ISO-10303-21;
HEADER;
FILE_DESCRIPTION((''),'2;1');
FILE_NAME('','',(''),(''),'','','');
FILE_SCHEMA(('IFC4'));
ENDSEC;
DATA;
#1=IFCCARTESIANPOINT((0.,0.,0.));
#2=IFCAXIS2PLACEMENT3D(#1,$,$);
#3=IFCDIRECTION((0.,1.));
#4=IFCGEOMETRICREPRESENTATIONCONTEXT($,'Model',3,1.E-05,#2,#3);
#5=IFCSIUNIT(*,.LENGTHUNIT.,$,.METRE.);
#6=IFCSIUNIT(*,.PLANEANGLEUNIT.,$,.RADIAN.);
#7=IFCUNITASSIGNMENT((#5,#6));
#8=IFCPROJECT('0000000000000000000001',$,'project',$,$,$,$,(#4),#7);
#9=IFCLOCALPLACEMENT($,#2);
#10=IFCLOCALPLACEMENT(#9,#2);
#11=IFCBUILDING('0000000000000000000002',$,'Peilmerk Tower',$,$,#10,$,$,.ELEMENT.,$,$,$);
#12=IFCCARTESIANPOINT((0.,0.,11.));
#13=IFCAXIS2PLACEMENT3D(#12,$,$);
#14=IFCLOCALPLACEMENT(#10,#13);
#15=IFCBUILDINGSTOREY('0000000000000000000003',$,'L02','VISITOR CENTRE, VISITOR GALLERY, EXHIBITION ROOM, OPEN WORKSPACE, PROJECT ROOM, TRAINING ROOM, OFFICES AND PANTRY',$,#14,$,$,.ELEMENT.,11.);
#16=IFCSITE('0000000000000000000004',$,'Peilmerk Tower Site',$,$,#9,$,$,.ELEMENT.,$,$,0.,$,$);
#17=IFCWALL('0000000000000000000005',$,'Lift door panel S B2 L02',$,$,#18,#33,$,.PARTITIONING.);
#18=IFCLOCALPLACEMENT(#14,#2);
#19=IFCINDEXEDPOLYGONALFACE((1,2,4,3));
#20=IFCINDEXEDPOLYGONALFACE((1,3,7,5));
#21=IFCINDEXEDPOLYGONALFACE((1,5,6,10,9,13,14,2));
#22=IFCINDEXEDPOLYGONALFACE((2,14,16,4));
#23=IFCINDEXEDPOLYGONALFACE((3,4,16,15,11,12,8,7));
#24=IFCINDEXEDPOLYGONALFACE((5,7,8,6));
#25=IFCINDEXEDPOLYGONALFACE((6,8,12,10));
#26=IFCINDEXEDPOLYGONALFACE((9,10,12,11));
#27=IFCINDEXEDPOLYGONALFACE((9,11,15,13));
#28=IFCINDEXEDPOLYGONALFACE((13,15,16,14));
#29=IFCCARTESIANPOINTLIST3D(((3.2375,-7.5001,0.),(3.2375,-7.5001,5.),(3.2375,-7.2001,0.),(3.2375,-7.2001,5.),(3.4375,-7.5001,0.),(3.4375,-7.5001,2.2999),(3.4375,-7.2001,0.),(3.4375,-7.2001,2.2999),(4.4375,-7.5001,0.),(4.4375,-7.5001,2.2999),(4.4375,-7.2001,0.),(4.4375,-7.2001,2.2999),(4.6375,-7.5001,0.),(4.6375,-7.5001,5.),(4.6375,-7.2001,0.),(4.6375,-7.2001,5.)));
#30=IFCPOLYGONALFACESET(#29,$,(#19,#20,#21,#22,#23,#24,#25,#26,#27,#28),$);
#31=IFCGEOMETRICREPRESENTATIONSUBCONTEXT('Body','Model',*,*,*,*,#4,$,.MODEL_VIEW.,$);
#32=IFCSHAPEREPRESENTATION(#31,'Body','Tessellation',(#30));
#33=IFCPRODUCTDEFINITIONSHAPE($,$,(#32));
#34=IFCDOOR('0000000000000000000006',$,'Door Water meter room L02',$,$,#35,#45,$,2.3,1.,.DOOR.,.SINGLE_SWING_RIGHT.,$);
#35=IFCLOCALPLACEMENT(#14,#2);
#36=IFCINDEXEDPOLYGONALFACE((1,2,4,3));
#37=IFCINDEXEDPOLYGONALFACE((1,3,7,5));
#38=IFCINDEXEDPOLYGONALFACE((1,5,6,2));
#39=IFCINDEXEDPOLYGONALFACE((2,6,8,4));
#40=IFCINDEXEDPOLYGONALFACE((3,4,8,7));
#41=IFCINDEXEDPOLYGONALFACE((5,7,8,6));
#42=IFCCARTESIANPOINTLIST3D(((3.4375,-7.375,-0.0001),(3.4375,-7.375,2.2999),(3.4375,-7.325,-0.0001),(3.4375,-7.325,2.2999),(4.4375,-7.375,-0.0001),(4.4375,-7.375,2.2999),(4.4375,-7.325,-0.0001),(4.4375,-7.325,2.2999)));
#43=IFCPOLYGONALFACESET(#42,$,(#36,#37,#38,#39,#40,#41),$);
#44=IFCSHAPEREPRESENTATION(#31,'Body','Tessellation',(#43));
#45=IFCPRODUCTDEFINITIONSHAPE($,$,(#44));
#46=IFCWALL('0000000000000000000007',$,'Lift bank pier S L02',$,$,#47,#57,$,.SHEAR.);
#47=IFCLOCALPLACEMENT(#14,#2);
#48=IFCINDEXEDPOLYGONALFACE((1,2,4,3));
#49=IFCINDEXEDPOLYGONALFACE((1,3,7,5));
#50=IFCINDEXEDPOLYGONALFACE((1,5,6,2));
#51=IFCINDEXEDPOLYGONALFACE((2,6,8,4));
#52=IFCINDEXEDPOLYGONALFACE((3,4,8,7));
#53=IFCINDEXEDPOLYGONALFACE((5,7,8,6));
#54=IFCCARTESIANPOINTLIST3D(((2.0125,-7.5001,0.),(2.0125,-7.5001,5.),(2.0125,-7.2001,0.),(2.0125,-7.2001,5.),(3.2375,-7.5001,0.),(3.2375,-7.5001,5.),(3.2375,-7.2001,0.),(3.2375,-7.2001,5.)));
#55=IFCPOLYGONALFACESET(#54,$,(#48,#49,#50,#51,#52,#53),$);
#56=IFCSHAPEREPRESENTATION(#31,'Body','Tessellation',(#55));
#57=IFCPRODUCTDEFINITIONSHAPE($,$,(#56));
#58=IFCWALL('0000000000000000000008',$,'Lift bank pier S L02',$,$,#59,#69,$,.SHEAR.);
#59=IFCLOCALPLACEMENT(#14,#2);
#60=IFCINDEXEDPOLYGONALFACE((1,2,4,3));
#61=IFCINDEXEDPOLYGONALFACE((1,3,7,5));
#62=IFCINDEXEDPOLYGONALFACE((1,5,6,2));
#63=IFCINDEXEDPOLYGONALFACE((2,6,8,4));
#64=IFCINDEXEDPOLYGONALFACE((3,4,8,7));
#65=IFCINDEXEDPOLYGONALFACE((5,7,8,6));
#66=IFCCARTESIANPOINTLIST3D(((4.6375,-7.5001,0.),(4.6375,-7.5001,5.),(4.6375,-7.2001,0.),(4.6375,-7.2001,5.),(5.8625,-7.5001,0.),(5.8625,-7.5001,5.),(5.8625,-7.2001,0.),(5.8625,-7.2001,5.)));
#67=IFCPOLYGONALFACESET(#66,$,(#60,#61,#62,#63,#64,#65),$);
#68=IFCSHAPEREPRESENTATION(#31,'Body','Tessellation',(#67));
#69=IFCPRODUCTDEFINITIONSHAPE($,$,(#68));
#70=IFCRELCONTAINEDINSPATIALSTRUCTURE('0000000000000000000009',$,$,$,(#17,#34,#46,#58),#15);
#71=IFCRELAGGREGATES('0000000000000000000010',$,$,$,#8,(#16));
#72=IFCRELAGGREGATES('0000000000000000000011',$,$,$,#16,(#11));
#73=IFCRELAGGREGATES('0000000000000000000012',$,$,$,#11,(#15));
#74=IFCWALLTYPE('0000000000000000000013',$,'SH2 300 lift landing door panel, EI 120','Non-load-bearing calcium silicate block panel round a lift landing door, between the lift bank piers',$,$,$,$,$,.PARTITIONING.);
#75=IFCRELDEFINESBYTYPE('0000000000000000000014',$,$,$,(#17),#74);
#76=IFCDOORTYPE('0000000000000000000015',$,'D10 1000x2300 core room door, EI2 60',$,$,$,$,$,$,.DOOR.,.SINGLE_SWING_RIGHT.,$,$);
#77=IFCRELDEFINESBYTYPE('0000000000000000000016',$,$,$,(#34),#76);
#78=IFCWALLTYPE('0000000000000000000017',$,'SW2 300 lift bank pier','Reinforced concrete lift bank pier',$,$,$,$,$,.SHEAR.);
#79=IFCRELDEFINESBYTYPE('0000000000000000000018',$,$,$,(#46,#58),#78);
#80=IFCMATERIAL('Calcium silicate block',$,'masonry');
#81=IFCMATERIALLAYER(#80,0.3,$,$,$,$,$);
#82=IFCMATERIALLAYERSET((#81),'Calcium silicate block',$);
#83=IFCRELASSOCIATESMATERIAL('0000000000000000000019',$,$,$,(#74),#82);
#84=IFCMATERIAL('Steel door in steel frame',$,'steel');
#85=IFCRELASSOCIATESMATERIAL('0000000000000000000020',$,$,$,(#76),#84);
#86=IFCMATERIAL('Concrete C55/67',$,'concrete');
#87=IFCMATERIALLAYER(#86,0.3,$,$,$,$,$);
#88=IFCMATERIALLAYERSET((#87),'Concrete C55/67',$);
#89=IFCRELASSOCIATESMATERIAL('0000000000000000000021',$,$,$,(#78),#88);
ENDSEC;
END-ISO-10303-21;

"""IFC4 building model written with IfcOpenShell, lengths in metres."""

from ifc_helpers import new_model, si_unit, direction, frame, frame_2d, origin, place, context, subcontext, project, spatial, rectangle, extrude, material, layer, layer_set, type_object, element, fill, save


model = new_model("IFC4")

# Units and contexts
model_context = context("Model", 3, precision=1e-05, world=origin(), true_north=direction((0.0, 1.0)))
body_context = subcontext(model_context, "Body", "Model", "MODEL_VIEW")
ifc_project = project(units=[si_unit("LENGTHUNIT", "METRE"), si_unit("PLANEANGLEUNIT", "RADIAN")], contexts=[model_context])

# Site, building, storey
site_placement = place(None, origin())
site = spatial("IfcSite", under=ifc_project, at=site_placement, Name="Peilmerk Tower Site", CompositionType="ELEMENT", RefElevation=0.0)
building_placement = place(site_placement, origin())
building = spatial("IfcBuilding", under=site, at=building_placement, Name="Peilmerk Tower", CompositionType="ELEMENT")
storey_placement = place(building_placement, frame((0.0, 0.0, 11.0)))
storey = spatial("IfcBuildingStorey", under=building, at=storey_placement, Name="L02", Description="VISITOR CENTRE, VISITOR GALLERY, EXHIBITION ROOM, OPEN WORKSPACE, PROJECT ROOM, TRAINING ROOM, OFFICES AND PANTRY", CompositionType="ELEMENT", Elevation=11.0)

# Shared definitions
ifc_material_1 = material(Name="Calcium silicate block", Category="masonry")

# Wall, opening, door
ifc_layer_1 = layer(ifc_material_1, 0.3)
ifc_layer_set_1 = layer_set([ifc_layer_1], Name="Calcium silicate block")
wall_type_1 = type_object("IfcWallType", Name="SH2 300 lift landing door panel, EI 120", Description="Non-load-bearing calcium silicate block panel round a lift landing door, between the lift bank piers", PredefinedType="PARTITIONING", material=ifc_layer_set_1)
ifc_material_2 = material(Name="Steel door in steel frame", Category="steel")
door_type = type_object("IfcDoorType", Name="D10 1000x2300 core room door, EI2 60", OperationType="SINGLE_SWING_RIGHT", PredefinedType="DOOR", material=ifc_material_2)
wall_1_placement = place(storey_placement, frame((3.2375, -7.3501, 0.0), z_axis=(0.0, 0.0, 1.0), x_axis=(1.0, 0.0, 0.0)))
wall_1 = element("IfcWall", 1, at=wall_1_placement, inside=storey, type_object=wall_type_1, Name="Lift door panel S B2 L02", PredefinedType="PARTITIONING", context=body_context, shape_type="SweptSolid", body=[
    extrude(rectangle(XDim=1.3999, YDim=0.3, at=frame_2d((0.7, 0.0))), origin(), (0.0, 0.0, 1.0), 5.0),
])
opening_1_placement = place(wall_1_placement, frame((0.2, 0.0, 0.0)))
opening_1 = element("IfcOpeningElement", 2, at=opening_1_placement, cuts=wall_1, PredefinedType="OPENING", context=body_context, shape_type="SweptSolid", body=[
    extrude(rectangle(XDim=1.0, YDim=2.3, at=frame_2d((0.5, 1.1499))), frame((0.0, 0.1599, 0.0), z_axis=(0.0, -1.0, 0.0), x_axis=(1.0, 0.0, 0.0)), (0.0, 0.0, 1.0), 0.3201),
])
door_1_placement = place(opening_1_placement, frame((1.0, 0.0, 0.0), z_axis=(0.0, 0.0, 1.0), x_axis=(-1.0, 0.0, 0.0)))
door_1 = element("IfcDoor", 3, at=door_1_placement, inside=storey, type_object=door_type, Name="Door Water meter room L02", OperationType="SINGLE_SWING_RIGHT", OverallHeight=2.3, OverallWidth=1.0, PredefinedType="DOOR", context=body_context, shape_type="SweptSolid", body=[
    extrude(rectangle(XDim=1.0, YDim=2.3, at=frame_2d((0.5, 1.1499))), frame((0.0, 0.0249, 0.0), z_axis=(0.0, -1.0, 0.0), x_axis=(1.0, 0.0, 0.0)), (0.0, 0.0, 1.0), 0.05),
])
fill(opening_1, door_1)

# Walls
ifc_material_3 = material(Name="Concrete C55/67", Category="concrete")
ifc_layer_2 = layer(ifc_material_3, 0.3)
ifc_layer_set_2 = layer_set([ifc_layer_2], Name="Concrete C55/67")
wall_type_2 = type_object("IfcWallType", Name="SW2 300 lift bank pier", Description="Reinforced concrete lift bank pier", PredefinedType="SHEAR", material=ifc_layer_set_2)
for number, where, z_axis, x_axis, name in (
    (4, (2.0125, -7.3501, 0.0), (0.0, 0.0, 1.0), (1.0, 0.0, 0.0), "Lift bank pier S L02"),
    (5, (4.6375, -7.3501, 0.0), (0.0, 0.0, 1.0), (1.0, 0.0, 0.0), "Lift bank pier S L02"),
):
    element("IfcWall", number, at=place(storey_placement, frame(where, z_axis=z_axis, x_axis=x_axis)), inside=storey, type_object=wall_type_2, Name=name, PredefinedType="SHEAR", context=body_context, shape_type="SweptSolid", body=[
        extrude(rectangle(XDim=1.2251, YDim=0.3, at=frame_2d((0.6125, 0.0))), origin(), (0.0, 0.0, 1.0), 5.0),
    ])

save(model, "model.ifc")
